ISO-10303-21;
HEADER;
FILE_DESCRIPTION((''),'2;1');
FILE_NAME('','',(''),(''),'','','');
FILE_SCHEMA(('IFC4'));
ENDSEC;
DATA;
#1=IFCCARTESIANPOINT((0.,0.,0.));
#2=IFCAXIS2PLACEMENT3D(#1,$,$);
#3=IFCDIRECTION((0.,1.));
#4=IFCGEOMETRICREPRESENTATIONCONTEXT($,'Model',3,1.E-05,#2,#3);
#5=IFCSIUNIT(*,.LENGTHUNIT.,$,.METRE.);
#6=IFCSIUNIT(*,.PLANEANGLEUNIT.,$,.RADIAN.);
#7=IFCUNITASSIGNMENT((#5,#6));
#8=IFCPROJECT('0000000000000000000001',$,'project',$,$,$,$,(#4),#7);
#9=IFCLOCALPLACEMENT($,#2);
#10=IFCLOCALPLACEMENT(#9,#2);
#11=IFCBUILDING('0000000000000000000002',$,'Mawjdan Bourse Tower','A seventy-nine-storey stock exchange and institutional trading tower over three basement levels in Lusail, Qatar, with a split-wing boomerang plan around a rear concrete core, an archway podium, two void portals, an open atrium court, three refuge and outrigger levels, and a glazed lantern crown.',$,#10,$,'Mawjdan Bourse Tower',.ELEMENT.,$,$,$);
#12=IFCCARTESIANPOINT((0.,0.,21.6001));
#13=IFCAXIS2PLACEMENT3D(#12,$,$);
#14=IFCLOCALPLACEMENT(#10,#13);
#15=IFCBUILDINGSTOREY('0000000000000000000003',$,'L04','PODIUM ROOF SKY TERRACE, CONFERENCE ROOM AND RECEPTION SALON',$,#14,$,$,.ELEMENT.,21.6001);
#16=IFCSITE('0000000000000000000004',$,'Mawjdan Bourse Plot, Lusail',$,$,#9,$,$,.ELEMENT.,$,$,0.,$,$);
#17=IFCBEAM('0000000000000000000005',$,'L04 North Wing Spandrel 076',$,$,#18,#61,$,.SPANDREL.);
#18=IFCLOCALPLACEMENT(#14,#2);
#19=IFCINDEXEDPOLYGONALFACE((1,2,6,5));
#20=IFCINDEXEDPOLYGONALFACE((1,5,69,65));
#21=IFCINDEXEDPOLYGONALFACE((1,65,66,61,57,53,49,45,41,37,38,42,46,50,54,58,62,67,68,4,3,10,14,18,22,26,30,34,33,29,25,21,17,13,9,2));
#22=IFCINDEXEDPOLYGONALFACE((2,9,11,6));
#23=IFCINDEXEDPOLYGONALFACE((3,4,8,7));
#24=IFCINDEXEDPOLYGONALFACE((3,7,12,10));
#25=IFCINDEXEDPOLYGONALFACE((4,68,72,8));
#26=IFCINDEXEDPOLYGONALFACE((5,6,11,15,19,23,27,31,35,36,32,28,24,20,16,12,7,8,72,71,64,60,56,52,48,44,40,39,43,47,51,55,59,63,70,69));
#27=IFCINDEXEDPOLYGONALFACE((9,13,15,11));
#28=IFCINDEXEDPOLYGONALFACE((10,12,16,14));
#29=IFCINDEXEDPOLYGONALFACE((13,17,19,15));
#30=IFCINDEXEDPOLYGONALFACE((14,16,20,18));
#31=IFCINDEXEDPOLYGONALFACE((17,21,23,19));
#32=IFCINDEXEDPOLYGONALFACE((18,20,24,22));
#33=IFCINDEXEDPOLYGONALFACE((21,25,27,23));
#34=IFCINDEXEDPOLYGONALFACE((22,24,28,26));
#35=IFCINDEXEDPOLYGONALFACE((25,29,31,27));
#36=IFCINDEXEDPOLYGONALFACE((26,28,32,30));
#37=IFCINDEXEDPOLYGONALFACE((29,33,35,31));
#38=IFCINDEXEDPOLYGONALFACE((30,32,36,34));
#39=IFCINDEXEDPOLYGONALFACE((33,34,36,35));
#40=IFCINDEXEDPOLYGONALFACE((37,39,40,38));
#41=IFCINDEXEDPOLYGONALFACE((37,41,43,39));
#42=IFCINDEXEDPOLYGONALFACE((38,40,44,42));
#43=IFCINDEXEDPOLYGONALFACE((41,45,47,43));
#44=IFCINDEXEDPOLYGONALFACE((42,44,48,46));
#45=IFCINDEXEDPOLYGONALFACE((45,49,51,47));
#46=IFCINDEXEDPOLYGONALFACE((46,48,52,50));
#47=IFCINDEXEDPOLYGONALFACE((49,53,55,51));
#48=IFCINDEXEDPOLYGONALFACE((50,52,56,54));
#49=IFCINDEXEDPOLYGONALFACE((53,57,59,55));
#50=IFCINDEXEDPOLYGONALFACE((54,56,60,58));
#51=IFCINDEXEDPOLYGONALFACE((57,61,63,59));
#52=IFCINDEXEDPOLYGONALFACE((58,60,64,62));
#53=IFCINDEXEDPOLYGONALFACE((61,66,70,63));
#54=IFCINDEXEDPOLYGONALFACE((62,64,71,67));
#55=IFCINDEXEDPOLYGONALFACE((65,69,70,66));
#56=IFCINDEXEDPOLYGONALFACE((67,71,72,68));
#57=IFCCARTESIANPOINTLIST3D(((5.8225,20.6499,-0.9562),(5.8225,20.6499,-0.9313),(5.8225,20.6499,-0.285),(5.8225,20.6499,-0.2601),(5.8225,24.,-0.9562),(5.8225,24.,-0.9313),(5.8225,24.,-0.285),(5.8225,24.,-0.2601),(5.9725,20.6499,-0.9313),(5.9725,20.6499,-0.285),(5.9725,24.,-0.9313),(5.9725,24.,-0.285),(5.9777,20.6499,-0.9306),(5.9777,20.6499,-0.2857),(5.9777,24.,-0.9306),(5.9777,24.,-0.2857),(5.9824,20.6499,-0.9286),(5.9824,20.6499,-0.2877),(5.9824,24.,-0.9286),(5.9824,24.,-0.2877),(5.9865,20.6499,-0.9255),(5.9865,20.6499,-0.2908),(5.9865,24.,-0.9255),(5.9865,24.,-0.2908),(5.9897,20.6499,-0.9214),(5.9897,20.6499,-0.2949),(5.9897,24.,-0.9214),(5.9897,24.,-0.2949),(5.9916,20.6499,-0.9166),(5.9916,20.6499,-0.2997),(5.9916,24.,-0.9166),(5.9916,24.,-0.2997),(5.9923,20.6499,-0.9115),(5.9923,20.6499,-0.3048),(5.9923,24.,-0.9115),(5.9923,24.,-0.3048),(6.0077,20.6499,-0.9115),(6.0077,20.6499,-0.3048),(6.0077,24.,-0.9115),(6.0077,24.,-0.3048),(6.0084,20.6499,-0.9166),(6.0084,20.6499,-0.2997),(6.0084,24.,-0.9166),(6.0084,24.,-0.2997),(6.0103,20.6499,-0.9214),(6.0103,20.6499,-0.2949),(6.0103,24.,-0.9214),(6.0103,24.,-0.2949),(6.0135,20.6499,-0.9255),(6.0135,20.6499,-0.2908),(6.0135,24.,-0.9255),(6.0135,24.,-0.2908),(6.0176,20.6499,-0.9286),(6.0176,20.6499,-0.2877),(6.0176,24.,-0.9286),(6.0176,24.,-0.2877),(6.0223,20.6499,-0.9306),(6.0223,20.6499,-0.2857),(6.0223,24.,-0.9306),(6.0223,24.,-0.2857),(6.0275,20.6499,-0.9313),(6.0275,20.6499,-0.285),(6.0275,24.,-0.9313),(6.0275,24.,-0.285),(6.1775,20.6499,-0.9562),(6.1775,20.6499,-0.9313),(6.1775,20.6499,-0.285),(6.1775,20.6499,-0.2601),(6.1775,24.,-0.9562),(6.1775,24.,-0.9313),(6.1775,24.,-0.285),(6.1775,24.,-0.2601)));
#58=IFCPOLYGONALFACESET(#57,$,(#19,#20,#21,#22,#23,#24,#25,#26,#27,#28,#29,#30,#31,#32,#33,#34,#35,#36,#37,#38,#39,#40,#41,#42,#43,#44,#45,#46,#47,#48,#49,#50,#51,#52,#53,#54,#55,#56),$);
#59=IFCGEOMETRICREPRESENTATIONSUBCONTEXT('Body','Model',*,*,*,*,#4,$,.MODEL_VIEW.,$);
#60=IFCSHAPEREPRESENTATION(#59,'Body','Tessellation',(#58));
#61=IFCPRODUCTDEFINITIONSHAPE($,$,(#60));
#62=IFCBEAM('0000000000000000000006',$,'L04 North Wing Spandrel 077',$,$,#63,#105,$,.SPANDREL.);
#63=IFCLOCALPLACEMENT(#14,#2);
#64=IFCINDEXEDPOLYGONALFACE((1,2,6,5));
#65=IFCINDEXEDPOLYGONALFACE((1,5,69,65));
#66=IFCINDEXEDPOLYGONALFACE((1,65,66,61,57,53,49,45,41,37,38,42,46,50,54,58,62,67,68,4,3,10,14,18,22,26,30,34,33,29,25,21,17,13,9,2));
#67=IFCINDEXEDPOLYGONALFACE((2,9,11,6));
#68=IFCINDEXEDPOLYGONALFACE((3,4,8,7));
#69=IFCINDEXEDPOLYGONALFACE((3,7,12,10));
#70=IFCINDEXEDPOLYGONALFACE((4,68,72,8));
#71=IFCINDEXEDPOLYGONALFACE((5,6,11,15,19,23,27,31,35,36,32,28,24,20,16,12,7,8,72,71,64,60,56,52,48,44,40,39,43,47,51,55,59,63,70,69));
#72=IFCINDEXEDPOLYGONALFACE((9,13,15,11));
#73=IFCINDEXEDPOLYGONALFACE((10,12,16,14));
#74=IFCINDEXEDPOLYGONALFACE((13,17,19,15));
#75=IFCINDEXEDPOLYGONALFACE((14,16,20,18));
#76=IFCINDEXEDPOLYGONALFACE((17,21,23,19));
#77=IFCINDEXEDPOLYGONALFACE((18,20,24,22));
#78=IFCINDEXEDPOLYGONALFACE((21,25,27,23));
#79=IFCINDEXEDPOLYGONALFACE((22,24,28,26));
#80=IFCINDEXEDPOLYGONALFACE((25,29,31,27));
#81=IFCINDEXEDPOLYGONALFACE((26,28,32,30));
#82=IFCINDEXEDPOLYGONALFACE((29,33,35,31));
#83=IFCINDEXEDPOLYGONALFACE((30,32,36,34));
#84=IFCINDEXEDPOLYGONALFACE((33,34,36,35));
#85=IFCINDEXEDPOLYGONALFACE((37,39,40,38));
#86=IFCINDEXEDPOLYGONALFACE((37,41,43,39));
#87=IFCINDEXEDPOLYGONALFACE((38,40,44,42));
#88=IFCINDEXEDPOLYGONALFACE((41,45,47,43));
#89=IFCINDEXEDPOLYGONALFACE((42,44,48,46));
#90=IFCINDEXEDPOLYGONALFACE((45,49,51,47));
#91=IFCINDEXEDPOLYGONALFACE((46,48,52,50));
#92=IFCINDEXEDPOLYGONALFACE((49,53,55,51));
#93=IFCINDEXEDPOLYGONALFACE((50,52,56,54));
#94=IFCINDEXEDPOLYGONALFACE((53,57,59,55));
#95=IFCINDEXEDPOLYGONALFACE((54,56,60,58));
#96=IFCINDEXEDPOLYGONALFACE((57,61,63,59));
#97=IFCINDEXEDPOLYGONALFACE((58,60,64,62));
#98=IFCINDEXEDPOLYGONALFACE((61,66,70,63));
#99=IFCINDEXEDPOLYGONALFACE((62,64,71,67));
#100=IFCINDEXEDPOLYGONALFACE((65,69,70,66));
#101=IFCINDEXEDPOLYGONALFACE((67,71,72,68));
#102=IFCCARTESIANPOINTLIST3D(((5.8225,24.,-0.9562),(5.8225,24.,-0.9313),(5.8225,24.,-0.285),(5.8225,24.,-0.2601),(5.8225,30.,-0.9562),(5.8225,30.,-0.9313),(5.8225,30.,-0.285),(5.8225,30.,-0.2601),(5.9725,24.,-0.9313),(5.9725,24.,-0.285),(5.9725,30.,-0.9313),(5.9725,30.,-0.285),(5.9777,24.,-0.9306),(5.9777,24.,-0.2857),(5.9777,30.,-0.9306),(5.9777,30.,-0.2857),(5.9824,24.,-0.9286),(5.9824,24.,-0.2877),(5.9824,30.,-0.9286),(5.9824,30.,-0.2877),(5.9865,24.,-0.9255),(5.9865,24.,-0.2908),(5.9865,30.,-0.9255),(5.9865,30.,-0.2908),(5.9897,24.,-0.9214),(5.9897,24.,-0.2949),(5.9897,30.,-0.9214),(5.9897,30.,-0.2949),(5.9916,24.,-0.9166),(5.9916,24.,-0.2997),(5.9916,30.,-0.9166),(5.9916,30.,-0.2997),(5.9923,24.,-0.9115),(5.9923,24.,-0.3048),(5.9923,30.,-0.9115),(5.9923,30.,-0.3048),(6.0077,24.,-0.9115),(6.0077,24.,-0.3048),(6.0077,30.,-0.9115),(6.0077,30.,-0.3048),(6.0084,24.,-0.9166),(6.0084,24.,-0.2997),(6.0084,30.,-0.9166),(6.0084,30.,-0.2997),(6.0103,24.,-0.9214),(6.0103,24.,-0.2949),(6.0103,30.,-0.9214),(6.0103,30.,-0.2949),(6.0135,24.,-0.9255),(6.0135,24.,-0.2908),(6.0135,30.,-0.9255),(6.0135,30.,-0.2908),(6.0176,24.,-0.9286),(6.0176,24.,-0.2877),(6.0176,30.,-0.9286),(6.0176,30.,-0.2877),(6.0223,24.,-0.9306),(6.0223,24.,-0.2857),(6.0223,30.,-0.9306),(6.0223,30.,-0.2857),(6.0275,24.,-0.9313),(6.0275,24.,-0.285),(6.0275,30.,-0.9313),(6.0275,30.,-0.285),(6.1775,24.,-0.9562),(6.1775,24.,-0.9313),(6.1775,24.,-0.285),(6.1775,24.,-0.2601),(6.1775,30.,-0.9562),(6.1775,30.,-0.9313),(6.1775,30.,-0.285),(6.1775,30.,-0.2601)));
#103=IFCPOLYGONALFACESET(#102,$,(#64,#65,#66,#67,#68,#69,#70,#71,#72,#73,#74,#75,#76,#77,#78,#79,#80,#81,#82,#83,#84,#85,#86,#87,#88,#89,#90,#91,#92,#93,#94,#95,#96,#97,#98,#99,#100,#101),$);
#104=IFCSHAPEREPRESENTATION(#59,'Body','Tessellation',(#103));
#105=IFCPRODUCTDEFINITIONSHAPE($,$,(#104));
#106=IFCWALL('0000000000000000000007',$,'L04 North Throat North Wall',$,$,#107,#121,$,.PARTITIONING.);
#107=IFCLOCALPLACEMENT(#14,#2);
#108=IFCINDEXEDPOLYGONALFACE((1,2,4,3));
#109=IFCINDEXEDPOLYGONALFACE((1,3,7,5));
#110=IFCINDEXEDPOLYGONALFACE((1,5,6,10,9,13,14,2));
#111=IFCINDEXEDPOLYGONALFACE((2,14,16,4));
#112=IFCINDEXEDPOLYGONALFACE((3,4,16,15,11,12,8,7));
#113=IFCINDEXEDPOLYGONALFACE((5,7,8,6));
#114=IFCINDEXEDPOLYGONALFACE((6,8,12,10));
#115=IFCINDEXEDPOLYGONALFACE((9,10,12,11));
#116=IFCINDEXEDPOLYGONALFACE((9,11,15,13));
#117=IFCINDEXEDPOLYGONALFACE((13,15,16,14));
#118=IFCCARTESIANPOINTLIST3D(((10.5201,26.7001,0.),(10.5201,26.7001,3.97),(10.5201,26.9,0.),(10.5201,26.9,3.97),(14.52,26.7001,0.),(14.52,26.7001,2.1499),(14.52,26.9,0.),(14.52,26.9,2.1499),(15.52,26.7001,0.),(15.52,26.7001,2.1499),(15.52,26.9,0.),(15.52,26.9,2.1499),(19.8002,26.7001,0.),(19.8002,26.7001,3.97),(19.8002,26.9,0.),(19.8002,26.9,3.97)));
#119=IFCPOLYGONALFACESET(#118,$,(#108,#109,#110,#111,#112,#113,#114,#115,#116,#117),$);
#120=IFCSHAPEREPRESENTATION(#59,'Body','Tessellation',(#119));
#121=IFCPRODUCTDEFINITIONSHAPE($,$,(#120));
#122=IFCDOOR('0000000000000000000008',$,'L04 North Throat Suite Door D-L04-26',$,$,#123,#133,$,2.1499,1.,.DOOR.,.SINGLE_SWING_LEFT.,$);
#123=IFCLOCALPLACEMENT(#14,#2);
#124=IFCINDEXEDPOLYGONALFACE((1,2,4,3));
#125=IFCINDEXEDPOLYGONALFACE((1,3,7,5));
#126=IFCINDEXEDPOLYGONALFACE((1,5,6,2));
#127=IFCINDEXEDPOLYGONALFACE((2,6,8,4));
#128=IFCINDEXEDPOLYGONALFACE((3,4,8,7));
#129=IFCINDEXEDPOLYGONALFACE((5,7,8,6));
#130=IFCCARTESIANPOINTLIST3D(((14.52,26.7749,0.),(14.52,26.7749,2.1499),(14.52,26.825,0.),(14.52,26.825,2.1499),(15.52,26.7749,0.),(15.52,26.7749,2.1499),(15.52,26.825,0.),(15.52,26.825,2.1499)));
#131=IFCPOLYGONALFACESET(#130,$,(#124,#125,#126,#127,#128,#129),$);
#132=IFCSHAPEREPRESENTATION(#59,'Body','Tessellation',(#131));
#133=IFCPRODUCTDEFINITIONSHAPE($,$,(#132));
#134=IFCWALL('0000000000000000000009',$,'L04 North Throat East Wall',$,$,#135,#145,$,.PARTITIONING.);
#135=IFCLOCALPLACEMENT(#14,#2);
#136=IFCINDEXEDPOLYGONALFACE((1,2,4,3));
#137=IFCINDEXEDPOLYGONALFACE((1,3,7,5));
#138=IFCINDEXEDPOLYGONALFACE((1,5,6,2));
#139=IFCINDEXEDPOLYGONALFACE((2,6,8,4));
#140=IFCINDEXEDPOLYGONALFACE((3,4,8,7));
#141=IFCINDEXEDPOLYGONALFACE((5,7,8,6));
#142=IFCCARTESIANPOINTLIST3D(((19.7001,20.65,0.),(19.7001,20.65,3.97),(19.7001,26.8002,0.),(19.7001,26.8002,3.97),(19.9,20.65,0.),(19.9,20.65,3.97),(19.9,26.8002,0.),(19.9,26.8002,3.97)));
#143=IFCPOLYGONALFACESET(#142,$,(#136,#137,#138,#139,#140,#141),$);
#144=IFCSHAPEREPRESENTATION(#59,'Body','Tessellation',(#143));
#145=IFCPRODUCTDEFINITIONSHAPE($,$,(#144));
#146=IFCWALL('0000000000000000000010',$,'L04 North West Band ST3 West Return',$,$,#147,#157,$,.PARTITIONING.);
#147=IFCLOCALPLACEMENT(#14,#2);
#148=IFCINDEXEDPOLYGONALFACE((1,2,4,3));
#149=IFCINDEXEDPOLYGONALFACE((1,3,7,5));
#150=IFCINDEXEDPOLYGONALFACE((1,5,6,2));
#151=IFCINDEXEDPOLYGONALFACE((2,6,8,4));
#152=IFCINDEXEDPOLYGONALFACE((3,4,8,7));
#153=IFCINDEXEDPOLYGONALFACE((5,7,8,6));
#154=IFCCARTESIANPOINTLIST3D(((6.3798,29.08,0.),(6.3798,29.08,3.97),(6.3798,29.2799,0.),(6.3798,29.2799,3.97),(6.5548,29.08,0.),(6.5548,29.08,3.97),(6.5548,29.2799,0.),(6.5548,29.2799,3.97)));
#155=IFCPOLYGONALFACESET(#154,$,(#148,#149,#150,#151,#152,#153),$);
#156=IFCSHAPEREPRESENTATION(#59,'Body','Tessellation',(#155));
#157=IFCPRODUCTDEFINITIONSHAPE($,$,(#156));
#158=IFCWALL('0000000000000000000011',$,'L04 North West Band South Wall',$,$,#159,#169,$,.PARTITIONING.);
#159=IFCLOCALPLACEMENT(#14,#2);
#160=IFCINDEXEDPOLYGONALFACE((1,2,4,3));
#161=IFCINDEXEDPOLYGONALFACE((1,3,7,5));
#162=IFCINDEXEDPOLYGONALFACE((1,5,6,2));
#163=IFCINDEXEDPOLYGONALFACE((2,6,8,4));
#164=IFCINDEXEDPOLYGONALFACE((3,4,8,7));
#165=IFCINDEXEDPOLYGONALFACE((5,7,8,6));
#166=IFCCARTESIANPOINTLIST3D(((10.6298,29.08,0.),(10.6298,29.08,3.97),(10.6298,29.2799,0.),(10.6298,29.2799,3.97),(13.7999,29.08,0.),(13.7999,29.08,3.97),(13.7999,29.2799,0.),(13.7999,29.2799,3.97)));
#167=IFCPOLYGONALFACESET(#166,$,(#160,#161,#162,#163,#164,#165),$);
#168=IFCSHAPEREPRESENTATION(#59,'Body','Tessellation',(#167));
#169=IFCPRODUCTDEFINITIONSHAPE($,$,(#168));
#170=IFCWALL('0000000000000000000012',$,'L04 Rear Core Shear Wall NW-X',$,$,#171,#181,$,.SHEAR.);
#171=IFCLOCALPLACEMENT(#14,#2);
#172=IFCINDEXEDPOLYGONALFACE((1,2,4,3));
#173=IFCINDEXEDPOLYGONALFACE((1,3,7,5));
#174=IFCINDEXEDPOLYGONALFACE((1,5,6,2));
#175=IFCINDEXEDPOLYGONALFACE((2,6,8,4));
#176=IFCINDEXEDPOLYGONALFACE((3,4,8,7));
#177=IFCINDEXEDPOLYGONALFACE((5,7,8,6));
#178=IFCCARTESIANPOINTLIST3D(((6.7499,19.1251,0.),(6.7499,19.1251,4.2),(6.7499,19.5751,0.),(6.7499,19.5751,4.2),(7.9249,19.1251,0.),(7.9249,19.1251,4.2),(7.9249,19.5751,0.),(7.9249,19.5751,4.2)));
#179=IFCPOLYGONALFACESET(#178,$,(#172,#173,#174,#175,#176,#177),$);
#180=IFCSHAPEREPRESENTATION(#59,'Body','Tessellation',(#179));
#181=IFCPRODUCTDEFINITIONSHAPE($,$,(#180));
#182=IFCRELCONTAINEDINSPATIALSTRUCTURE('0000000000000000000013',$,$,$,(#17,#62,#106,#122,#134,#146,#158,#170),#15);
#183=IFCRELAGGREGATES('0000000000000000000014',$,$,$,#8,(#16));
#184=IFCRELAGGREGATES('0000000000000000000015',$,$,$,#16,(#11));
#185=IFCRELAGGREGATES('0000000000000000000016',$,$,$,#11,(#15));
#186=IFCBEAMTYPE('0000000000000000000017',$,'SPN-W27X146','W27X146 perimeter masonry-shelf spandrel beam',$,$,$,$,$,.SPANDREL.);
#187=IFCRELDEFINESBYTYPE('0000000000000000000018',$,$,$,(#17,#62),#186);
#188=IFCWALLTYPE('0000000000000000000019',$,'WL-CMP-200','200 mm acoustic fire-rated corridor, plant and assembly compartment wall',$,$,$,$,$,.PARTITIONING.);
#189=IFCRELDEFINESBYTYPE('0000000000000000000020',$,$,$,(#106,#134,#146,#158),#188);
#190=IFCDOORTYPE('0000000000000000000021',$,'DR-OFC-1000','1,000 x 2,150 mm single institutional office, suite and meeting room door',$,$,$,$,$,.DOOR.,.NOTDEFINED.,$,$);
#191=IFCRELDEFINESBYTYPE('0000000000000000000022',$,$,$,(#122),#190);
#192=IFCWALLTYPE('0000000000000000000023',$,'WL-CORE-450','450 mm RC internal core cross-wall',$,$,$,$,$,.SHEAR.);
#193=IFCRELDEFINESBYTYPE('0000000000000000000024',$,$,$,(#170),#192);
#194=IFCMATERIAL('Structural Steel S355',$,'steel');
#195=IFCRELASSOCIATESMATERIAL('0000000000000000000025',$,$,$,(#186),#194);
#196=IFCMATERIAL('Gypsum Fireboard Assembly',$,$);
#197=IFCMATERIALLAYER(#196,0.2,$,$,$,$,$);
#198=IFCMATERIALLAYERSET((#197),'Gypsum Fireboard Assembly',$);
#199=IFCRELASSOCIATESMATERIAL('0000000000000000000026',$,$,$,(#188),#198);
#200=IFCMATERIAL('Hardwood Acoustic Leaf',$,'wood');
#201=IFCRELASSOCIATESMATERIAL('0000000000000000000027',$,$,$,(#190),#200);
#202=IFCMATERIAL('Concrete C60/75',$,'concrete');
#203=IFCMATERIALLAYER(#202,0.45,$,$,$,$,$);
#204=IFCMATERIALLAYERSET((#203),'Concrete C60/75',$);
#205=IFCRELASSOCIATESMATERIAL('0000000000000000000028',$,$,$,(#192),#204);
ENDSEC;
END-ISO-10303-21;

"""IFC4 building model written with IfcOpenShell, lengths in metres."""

from ifc_helpers import new_model, si_unit, direction, frame, frame_2d, origin, origin_2d, place, context, subcontext, project, spatial, rectangle, i_section, extrude, material, layer, layer_set, material_profile, profile_set, type_object, element, fill, save


model = new_model("IFC4")

# Units and contexts
model_context = context("Model", 3, precision=1e-05, world=origin(), true_north=direction((0.0, 1.0)))
body_context = subcontext(model_context, "Body", "Model", "MODEL_VIEW")
ifc_project = project(units=[si_unit("LENGTHUNIT", "METRE"), si_unit("PLANEANGLEUNIT", "RADIAN")], contexts=[model_context])

# Site, building, storey
site_placement = place(None, origin())
site = spatial("IfcSite", under=ifc_project, at=site_placement, Name="Mawjdan Bourse Plot, Lusail", CompositionType="ELEMENT", RefElevation=0.0)
building_placement = place(site_placement, origin())
building = spatial("IfcBuilding", under=site, at=building_placement, Name="Mawjdan Bourse Tower", Description="A seventy-nine-storey stock exchange and institutional trading tower over three basement levels in Lusail, Qatar, with a split-wing boomerang plan around a rear concrete core, an archway podium, two void portals, an open atrium court, three refuge and outrigger levels, and a glazed lantern crown.", LongName="Mawjdan Bourse Tower", CompositionType="ELEMENT")
storey_placement = place(building_placement, frame((0.0, 0.0, 21.6001)))
storey = spatial("IfcBuildingStorey", under=building, at=storey_placement, Name="L04", Description="PODIUM ROOF SKY TERRACE, CONFERENCE ROOM AND RECEPTION SALON", CompositionType="ELEMENT", Elevation=21.6001)

# Beams
ifc_material_1 = material(Name="Structural Steel S355", Category="steel")
ifc_material_profile_1 = material_profile(ifc_material_1, i_section(OverallWidth=0.355, OverallDepth=0.696, WebThickness=0.0154, FlangeThickness=0.0249, FilletRadius=0.0198, at=origin_2d()), Name="W27X146")
ifc_profile_set_1 = profile_set([ifc_material_profile_1], Name="Structural Steel S355")
beam_type_1 = type_object("IfcBeamType", Name="SPN-W27X146", Description="W27X146 perimeter masonry-shelf spandrel beam", PredefinedType="SPANDREL", material=ifc_profile_set_1)
beam_1_placement = place(storey_placement, frame((6.0, 20.6499, -0.6082), z_axis=(0.0, 1.0, 0.0), x_axis=(-1.0, 0.0, 0.0)))
element("IfcBeam", 1, at=beam_1_placement, inside=storey, type_object=beam_type_1, Name="L04 North Wing Spandrel 076", PredefinedType="SPANDREL", context=body_context, shape_type="SweptSolid", body=[
    extrude(i_section(OverallWidth=0.355, OverallDepth=0.696, WebThickness=0.0154, FlangeThickness=0.0249, FilletRadius=0.0198, at=origin_2d()), origin(), (0.0, 0.0, 1.0), 3.3501),
])
beam_2_placement = place(storey_placement, frame((6.0, 24.0, -0.6082), z_axis=(0.0, 1.0, 0.0), x_axis=(-1.0, 0.0, 0.0)))
element("IfcBeam", 2, at=beam_2_placement, inside=storey, type_object=beam_type_1, Name="L04 North Wing Spandrel 077", PredefinedType="SPANDREL", context=body_context, shape_type="SweptSolid", body=[
    extrude(i_section(OverallWidth=0.355, OverallDepth=0.696, WebThickness=0.0154, FlangeThickness=0.0249, FilletRadius=0.0198, at=origin_2d()), origin(), (0.0, 0.0, 1.0), 6.0),
])

# Wall, opening, door
ifc_material_2 = material(Name="Gypsum Fireboard Assembly")
ifc_layer_1 = layer(ifc_material_2, 0.2)
ifc_layer_set_1 = layer_set([ifc_layer_1], Name="Gypsum Fireboard Assembly")
wall_type_1 = type_object("IfcWallType", Name="WL-CMP-200", Description="200 mm acoustic fire-rated corridor, plant and assembly compartment wall", PredefinedType="PARTITIONING", material=ifc_layer_set_1)
wall_1_placement = place(storey_placement, frame((10.52, 26.8, 0.0), z_axis=(0.0, 0.0, 1.0), x_axis=(1.0, 0.0, 0.0)))
wall_1 = element("IfcWall", 3, at=wall_1_placement, inside=storey, type_object=wall_type_1, Name="L04 North Throat North Wall", PredefinedType="PARTITIONING", context=body_context, shape_type="SweptSolid", body=[
    extrude(rectangle(XDim=9.28, YDim=0.2, at=frame_2d((4.6401, 0.0))), origin(), (0.0, 0.0, 1.0), 3.97),
])
opening_1_placement = place(wall_1_placement, frame((4.0, 0.0, 0.0)))
opening_1 = element("IfcOpeningElement", 4, at=opening_1_placement, cuts=wall_1, PredefinedType="OPENING", context=body_context, shape_type="SweptSolid", body=[
    extrude(rectangle(XDim=1.0, YDim=2.1499, at=frame_2d((0.5, 1.075))), frame((0.0, 0.1099, 0.0), z_axis=(0.0, -1.0, 0.0), x_axis=(1.0, 0.0, 0.0)), (0.0, 0.0, 1.0), 0.22),
])
ifc_material_3 = material(Name="Hardwood Acoustic Leaf", Category="wood")
door_type_1 = type_object("IfcDoorType", Name="DR-OFC-1000", Description="1,000 x 2,150 mm single institutional office, suite and meeting room door", OperationType="NOTDEFINED", PredefinedType="DOOR", material=ifc_material_3)
door_1_placement = place(opening_1_placement, origin())
door_1 = element("IfcDoor", 5, at=door_1_placement, inside=storey, type_object=door_type_1, Name="L04 North Throat Suite Door D-L04-26", OperationType="SINGLE_SWING_LEFT", OverallHeight=2.1499, OverallWidth=1.0, PredefinedType="DOOR", context=body_context, shape_type="SweptSolid", body=[
    extrude(rectangle(XDim=1.0, YDim=2.1499, at=frame_2d((0.5, 1.075))), frame((0.0, 0.0249, 0.0), z_axis=(0.0, -1.0, 0.0), x_axis=(1.0, 0.0, 0.0)), (0.0, 0.0, 1.0), 0.05),
])
fill(opening_1, door_1)

# Walls
wall_2_placement = place(storey_placement, frame((19.8, 20.6499, 0.0), z_axis=(0.0, 0.0, 1.0), x_axis=(0.0, 1.0, 0.0)))
element("IfcWall", 6, at=wall_2_placement, inside=storey, type_object=wall_type_1, Name="L04 North Throat East Wall", PredefinedType="PARTITIONING", context=body_context, shape_type="SweptSolid", body=[
    extrude(rectangle(XDim=6.1501, YDim=0.2, at=frame_2d((3.0752, 0.0))), origin(), (0.0, 0.0, 1.0), 3.97),
])
wall_3_placement = place(storey_placement, frame((6.3799, 29.1799, 0.0), z_axis=(0.0, 0.0, 1.0), x_axis=(1.0, 0.0, 0.0)))
element("IfcWall", 7, at=wall_3_placement, inside=storey, type_object=wall_type_1, Name="L04 North West Band ST3 West Return", PredefinedType="PARTITIONING", context=body_context, shape_type="SweptSolid", body=[
    extrude(rectangle(XDim=0.175, YDim=0.2, at=frame_2d((0.0874, 0.0))), origin(), (0.0, 0.0, 1.0), 3.97),
])
wall_4_placement = place(storey_placement, frame((10.6299, 29.1799, 0.0), z_axis=(0.0, 0.0, 1.0), x_axis=(1.0, 0.0, 0.0)))
element("IfcWall", 8, at=wall_4_placement, inside=storey, type_object=wall_type_1, Name="L04 North West Band South Wall", PredefinedType="PARTITIONING", context=body_context, shape_type="SweptSolid", body=[
    extrude(rectangle(XDim=3.1702, YDim=0.2, at=frame_2d((1.585, 0.0))), origin(), (0.0, 0.0, 1.0), 3.97),
])
ifc_material_4 = material(Name="Concrete C60/75", Category="concrete")
ifc_layer_2 = layer(ifc_material_4, 0.45)
ifc_layer_set_2 = layer_set([ifc_layer_2], Name="Concrete C60/75")
wall_type_2 = type_object("IfcWallType", Name="WL-CORE-450", Description="450 mm RC internal core cross-wall", PredefinedType="SHEAR", material=ifc_layer_set_2)
wall_5_placement = place(storey_placement, frame((6.75, 19.3501, 0.0), z_axis=(0.0, 0.0, 1.0), x_axis=(1.0, 0.0, 0.0)))
element("IfcWall", 9, at=wall_5_placement, inside=storey, type_object=wall_type_2, Name="L04 Rear Core Shear Wall NW-X", PredefinedType="SHEAR", context=body_context, shape_type="SweptSolid", body=[
    extrude(rectangle(XDim=1.175, YDim=0.45, at=frame_2d((0.5874, 0.0))), origin(), (0.0, 0.0, 1.0), 4.2),
])

save(model, "model.ifc")
